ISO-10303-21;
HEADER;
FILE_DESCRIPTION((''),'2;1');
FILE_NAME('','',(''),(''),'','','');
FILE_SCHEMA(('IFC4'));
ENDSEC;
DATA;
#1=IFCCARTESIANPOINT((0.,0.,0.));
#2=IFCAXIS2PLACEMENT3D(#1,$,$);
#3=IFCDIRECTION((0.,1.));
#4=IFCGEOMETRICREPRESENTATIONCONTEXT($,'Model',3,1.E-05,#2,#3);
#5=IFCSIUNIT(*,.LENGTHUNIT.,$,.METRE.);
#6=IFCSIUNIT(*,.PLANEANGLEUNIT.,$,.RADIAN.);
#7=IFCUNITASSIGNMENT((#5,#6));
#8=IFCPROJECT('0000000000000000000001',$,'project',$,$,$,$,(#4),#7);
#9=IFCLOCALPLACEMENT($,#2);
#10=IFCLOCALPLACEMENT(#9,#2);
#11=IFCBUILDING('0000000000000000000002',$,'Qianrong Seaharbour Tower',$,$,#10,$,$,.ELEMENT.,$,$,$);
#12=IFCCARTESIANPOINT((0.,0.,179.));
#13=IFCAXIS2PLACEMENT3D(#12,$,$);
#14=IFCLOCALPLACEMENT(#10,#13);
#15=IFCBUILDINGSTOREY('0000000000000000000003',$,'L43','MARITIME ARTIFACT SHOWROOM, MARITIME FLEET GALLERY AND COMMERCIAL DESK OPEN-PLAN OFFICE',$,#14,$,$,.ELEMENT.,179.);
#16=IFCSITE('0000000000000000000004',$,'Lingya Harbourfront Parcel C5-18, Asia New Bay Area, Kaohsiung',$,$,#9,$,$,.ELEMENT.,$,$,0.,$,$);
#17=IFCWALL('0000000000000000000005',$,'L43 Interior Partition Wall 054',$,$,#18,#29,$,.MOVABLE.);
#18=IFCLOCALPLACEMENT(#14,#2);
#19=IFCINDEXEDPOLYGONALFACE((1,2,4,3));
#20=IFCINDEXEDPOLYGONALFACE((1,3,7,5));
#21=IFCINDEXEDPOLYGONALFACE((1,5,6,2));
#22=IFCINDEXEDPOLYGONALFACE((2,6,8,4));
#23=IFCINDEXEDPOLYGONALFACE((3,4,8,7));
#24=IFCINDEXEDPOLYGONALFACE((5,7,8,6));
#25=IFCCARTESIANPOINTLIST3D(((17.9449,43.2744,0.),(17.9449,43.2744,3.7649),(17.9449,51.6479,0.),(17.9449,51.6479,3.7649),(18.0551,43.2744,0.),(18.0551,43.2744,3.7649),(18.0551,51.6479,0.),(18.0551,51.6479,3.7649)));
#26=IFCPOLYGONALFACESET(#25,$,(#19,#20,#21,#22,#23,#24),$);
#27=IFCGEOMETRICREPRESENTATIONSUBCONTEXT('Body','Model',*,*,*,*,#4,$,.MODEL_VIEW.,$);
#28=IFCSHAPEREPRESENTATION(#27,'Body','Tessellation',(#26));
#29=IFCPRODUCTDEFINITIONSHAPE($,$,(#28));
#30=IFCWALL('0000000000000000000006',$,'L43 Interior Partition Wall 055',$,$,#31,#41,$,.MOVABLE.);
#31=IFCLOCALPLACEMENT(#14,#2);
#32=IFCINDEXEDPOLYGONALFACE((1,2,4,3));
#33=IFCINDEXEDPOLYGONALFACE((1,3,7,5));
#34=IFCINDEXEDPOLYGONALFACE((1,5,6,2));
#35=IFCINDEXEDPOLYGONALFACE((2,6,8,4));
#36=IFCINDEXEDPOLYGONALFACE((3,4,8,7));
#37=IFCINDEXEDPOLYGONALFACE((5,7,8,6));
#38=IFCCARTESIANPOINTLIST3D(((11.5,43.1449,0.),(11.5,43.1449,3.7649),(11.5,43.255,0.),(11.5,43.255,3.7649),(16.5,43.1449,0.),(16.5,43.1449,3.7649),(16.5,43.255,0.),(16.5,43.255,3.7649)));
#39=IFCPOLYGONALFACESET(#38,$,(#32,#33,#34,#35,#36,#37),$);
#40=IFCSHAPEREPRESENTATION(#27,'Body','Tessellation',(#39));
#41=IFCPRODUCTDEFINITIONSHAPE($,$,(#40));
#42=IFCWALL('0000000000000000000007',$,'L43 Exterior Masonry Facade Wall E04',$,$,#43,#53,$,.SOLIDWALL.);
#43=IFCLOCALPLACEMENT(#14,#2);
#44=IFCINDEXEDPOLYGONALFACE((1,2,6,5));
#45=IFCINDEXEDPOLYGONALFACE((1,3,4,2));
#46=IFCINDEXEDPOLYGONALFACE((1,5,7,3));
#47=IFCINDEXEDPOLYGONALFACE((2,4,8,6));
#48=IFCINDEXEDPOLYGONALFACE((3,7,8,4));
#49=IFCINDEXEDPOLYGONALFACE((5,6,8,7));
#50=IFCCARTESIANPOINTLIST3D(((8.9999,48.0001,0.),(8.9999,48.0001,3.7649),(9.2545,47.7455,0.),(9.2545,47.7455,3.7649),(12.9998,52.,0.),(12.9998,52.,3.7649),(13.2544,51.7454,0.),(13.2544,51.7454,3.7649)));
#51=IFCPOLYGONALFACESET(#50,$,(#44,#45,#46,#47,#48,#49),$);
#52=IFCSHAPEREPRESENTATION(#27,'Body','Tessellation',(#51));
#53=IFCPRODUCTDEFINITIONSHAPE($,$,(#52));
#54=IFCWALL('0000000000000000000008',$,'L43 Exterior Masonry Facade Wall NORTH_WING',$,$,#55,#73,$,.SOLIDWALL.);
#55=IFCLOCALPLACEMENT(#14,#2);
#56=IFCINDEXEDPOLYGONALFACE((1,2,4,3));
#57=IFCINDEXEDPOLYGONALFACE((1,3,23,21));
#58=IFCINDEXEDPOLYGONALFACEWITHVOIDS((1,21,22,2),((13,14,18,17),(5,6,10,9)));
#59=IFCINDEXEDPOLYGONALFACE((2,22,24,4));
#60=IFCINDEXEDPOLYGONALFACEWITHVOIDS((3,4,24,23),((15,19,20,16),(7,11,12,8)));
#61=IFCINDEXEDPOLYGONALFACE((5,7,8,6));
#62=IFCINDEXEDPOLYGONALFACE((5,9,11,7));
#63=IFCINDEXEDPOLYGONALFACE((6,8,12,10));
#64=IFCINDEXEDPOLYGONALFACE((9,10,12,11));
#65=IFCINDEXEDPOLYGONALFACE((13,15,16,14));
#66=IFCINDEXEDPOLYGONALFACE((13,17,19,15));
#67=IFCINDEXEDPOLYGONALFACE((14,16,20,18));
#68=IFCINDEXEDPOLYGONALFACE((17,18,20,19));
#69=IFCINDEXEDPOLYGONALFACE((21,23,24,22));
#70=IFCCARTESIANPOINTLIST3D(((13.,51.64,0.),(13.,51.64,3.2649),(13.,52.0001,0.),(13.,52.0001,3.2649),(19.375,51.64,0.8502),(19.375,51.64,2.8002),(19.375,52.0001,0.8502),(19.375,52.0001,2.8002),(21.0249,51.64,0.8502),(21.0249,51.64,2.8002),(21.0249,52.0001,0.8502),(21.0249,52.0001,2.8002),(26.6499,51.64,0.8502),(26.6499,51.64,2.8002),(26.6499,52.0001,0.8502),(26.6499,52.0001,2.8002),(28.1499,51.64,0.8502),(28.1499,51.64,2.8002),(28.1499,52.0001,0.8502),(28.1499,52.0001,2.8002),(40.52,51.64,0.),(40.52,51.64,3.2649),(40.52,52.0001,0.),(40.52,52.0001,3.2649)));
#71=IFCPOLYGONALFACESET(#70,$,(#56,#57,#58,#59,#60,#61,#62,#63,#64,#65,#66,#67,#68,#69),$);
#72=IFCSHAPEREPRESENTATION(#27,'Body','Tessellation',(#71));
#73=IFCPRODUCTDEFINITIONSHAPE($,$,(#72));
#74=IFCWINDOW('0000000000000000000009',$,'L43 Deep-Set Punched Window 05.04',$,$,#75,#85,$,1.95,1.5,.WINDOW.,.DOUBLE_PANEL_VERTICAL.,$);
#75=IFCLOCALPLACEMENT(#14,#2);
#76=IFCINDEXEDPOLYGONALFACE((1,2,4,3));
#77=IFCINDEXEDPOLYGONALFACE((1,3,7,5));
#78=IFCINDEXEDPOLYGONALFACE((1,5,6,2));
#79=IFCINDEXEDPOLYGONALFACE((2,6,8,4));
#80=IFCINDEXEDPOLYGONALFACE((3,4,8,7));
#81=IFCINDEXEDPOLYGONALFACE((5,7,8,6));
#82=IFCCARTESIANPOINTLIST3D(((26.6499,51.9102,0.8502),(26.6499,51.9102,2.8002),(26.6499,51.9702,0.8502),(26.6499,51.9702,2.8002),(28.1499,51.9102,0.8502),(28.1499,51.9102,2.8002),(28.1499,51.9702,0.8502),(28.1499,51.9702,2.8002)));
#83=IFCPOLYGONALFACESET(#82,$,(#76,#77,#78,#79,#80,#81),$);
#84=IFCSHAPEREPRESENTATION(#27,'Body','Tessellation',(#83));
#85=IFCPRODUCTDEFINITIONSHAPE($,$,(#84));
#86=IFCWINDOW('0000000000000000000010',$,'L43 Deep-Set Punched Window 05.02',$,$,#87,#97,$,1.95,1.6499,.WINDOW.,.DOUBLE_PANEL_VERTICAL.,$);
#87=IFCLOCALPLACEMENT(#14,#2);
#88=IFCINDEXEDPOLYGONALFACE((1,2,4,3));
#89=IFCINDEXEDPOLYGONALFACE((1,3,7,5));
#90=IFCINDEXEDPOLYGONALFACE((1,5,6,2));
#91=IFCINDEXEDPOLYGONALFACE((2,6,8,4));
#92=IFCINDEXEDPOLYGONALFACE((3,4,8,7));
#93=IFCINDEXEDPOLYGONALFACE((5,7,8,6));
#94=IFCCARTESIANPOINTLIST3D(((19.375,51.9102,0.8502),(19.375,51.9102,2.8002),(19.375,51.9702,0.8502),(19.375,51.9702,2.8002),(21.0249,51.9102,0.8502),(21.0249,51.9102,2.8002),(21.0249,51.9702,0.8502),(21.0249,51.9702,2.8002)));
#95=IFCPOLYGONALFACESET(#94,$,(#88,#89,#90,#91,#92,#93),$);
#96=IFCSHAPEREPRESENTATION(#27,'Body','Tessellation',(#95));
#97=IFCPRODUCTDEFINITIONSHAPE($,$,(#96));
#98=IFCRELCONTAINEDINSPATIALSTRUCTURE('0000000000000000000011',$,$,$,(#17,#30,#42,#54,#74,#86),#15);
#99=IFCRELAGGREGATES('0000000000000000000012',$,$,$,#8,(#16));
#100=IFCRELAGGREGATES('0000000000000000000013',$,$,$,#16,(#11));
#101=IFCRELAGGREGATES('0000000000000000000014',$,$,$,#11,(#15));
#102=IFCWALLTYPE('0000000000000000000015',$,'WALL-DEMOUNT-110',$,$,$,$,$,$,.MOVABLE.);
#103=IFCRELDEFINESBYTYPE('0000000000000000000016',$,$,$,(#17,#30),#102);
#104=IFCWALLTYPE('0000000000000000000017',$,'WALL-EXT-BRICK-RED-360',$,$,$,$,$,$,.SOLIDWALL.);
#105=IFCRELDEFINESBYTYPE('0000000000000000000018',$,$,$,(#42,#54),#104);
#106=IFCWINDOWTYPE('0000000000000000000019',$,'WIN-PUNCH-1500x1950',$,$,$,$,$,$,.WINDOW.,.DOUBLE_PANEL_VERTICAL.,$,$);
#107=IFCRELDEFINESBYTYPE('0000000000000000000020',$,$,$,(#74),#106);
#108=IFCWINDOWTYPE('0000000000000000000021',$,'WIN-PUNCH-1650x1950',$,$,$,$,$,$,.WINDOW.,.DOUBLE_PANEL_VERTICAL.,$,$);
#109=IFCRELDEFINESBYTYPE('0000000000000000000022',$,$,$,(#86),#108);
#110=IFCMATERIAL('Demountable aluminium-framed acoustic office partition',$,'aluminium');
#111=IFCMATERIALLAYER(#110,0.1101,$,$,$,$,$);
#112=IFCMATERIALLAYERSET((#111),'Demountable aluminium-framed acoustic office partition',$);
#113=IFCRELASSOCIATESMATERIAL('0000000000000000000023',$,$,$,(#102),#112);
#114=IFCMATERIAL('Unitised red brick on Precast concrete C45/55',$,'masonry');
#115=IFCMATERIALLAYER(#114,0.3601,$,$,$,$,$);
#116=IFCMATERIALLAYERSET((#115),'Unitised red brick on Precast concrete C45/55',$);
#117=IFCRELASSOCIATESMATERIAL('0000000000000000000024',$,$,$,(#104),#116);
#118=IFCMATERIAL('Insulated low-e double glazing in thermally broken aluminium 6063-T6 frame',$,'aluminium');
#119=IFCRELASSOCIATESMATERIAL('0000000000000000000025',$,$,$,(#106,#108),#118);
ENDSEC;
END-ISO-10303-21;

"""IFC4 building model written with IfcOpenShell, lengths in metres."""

from ifc_helpers import new_model, si_unit, direction, frame, frame_2d, origin, place, context, subcontext, project, spatial, rectangle, extrude, material, layer, layer_set, type_object, element, fill, save


model = new_model("IFC4")

# Units and contexts
model_context = context("Model", 3, precision=1e-05, world=origin(), true_north=direction((0.0, 1.0)))
body_context = subcontext(model_context, "Body", "Model", "MODEL_VIEW")
ifc_project = project(units=[si_unit("LENGTHUNIT", "METRE"), si_unit("PLANEANGLEUNIT", "RADIAN")], contexts=[model_context])

# Site, building, storey
site_placement = place(None, origin())
site = spatial("IfcSite", under=ifc_project, at=site_placement, Name="Lingya Harbourfront Parcel C5-18, Asia New Bay Area, Kaohsiung", CompositionType="ELEMENT", RefElevation=0.0)
building_placement = place(site_placement, origin())
building = spatial("IfcBuilding", under=site, at=building_placement, Name="Qianrong Seaharbour Tower", CompositionType="ELEMENT")
storey_placement = place(building_placement, frame((0.0, 0.0, 179.0)))
storey = spatial("IfcBuildingStorey", under=building, at=storey_placement, Name="L43", Description="MARITIME ARTIFACT SHOWROOM, MARITIME FLEET GALLERY AND COMMERCIAL DESK OPEN-PLAN OFFICE", CompositionType="ELEMENT", Elevation=179.0)

# Shared definitions
ifc_material_1 = material(Name="Demountable aluminium-framed acoustic office partition", Category="aluminium")
ifc_layer_1 = layer(ifc_material_1, 0.1101)
ifc_layer_set_1 = layer_set([ifc_layer_1], Name="Demountable aluminium-framed acoustic office partition")
wall_type_1 = type_object("IfcWallType", Name="WALL-DEMOUNT-110", PredefinedType="MOVABLE", material=ifc_layer_set_1)

# Walls
wall_1_placement = place(storey_placement, frame((18.0, 51.6479, 0.0), z_axis=(0.0, 0.0, 1.0), x_axis=(0.0, -1.0, 0.0)))
element("IfcWall", 1, at=wall_1_placement, inside=storey, type_object=wall_type_1, Name="L43 Interior Partition Wall 054", PredefinedType="MOVABLE", context=body_context, shape_type="SweptSolid", body=[
    extrude(rectangle(XDim=8.3735, YDim=0.1101, at=frame_2d((4.1868, 0.0))), origin(), (0.0, 0.0, 1.0), 3.7649),
])
wall_2_placement = place(storey_placement, frame((16.5, 43.2, 0.0), z_axis=(0.0, 0.0, 1.0), x_axis=(-1.0, 0.0, 0.0)))
element("IfcWall", 2, at=wall_2_placement, inside=storey, type_object=wall_type_1, Name="L43 Interior Partition Wall 055", PredefinedType="MOVABLE", context=body_context, shape_type="SweptSolid", body=[
    extrude(rectangle(XDim=5.0, YDim=0.1101, at=frame_2d((2.5, 0.0))), origin(), (0.0, 0.0, 1.0), 3.7649),
])
ifc_material_2 = material(Name="Unitised red brick on Precast concrete C45/55", Category="masonry")
ifc_layer_2 = layer(ifc_material_2, 0.3601)
ifc_layer_set_2 = layer_set([ifc_layer_2], Name="Unitised red brick on Precast concrete C45/55")
wall_type_2 = type_object("IfcWallType", Name="WALL-EXT-BRICK-RED-360", PredefinedType="SOLIDWALL", material=ifc_layer_set_2)
wall_3_placement = place(storey_placement, frame((9.1272, 47.8728, 0.0), z_axis=(0.0, 0.0, 1.0), x_axis=(0.707107, 0.707107, 0.0)))
element("IfcWall", 3, at=wall_3_placement, inside=storey, type_object=wall_type_2, Name="L43 Exterior Masonry Facade Wall E04", PredefinedType="SOLIDWALL", context=body_context, shape_type="SweptSolid", body=[
    extrude(rectangle(XDim=5.6567, YDim=0.3601, at=frame_2d((2.8284, 0.0))), origin(), (0.0, 0.0, 1.0), 3.7649),
])

# Wall, openings, windows
wall_4_placement = place(storey_placement, frame((13.0, 51.8201, 0.0), z_axis=(0.0, 0.0, 1.0), x_axis=(1.0, 0.0, 0.0)))
wall_4 = element("IfcWall", 4, at=wall_4_placement, inside=storey, type_object=wall_type_2, Name="L43 Exterior Masonry Facade Wall NORTH_WING", PredefinedType="SOLIDWALL", context=body_context, shape_type="SweptSolid", body=[
    extrude(rectangle(XDim=27.52, YDim=0.3601, at=frame_2d((13.76, 0.0))), origin(), (0.0, 0.0, 1.0), 3.2649),
])
opening_1_placement = place(wall_4_placement, frame((6.375, 0.0, 0.8501)))
opening_1 = element("IfcOpeningElement", 5, at=opening_1_placement, cuts=wall_4, PredefinedType="OPENING", context=body_context, shape_type="SweptSolid", body=[
    extrude(rectangle(XDim=1.6499, YDim=1.95, at=frame_2d((0.825, 0.9751))), frame((0.0, 0.1899, 0.0), z_axis=(0.0, -1.0, 0.0), x_axis=(1.0, 0.0, 0.0)), (0.0, 0.0, 1.0), 0.3801),
])
opening_2_placement = place(wall_4_placement, frame((13.6499, 0.0, 0.8501)))
opening_2 = element("IfcOpeningElement", 6, at=opening_2_placement, cuts=wall_4, PredefinedType="OPENING", context=body_context, shape_type="SweptSolid", body=[
    extrude(rectangle(XDim=1.5, YDim=1.95, at=frame_2d((0.75, 0.9751))), frame((0.0, 0.1899, 0.0), z_axis=(0.0, -1.0, 0.0), x_axis=(1.0, 0.0, 0.0)), (0.0, 0.0, 1.0), 0.3801),
])
ifc_material_3 = material(Name="Insulated low-e double glazing in thermally broken aluminium 6063-T6 frame", Category="aluminium")
window_type_1 = type_object("IfcWindowType", Name="WIN-PUNCH-1500x1950", PartitioningType="DOUBLE_PANEL_VERTICAL", PredefinedType="WINDOW", material=ifc_material_3)
window_1_placement = place(opening_2_placement, origin())
window_1 = element("IfcWindow", 7, at=window_1_placement, inside=storey, type_object=window_type_1, Name="L43 Deep-Set Punched Window 05.04", OverallHeight=1.95, OverallWidth=1.5, PartitioningType="DOUBLE_PANEL_VERTICAL", PredefinedType="WINDOW", context=body_context, shape_type="SweptSolid", body=[
    extrude(rectangle(XDim=1.5, YDim=1.95, at=frame_2d((0.75, 0.9751))), frame((0.0, 0.1501, 0.0), z_axis=(0.0, -1.0, 0.0), x_axis=(1.0, 0.0, 0.0)), (0.0, 0.0, 1.0), 0.0601),
])
fill(opening_2, window_1)
window_type_2 = type_object("IfcWindowType", Name="WIN-PUNCH-1650x1950", PartitioningType="DOUBLE_PANEL_VERTICAL", PredefinedType="WINDOW", material=ifc_material_3)
window_2_placement = place(opening_1_placement, origin())
window_2 = element("IfcWindow", 8, at=window_2_placement, inside=storey, type_object=window_type_2, Name="L43 Deep-Set Punched Window 05.02", OverallHeight=1.95, OverallWidth=1.6499, PartitioningType="DOUBLE_PANEL_VERTICAL", PredefinedType="WINDOW", context=body_context, shape_type="SweptSolid", body=[
    extrude(rectangle(XDim=1.6499, YDim=1.95, at=frame_2d((0.825, 0.9751))), frame((0.0, 0.1501, 0.0), z_axis=(0.0, -1.0, 0.0), x_axis=(1.0, 0.0, 0.0)), (0.0, 0.0, 1.0), 0.0601),
])
fill(opening_1, window_2)

save(model, "model.ifc")
